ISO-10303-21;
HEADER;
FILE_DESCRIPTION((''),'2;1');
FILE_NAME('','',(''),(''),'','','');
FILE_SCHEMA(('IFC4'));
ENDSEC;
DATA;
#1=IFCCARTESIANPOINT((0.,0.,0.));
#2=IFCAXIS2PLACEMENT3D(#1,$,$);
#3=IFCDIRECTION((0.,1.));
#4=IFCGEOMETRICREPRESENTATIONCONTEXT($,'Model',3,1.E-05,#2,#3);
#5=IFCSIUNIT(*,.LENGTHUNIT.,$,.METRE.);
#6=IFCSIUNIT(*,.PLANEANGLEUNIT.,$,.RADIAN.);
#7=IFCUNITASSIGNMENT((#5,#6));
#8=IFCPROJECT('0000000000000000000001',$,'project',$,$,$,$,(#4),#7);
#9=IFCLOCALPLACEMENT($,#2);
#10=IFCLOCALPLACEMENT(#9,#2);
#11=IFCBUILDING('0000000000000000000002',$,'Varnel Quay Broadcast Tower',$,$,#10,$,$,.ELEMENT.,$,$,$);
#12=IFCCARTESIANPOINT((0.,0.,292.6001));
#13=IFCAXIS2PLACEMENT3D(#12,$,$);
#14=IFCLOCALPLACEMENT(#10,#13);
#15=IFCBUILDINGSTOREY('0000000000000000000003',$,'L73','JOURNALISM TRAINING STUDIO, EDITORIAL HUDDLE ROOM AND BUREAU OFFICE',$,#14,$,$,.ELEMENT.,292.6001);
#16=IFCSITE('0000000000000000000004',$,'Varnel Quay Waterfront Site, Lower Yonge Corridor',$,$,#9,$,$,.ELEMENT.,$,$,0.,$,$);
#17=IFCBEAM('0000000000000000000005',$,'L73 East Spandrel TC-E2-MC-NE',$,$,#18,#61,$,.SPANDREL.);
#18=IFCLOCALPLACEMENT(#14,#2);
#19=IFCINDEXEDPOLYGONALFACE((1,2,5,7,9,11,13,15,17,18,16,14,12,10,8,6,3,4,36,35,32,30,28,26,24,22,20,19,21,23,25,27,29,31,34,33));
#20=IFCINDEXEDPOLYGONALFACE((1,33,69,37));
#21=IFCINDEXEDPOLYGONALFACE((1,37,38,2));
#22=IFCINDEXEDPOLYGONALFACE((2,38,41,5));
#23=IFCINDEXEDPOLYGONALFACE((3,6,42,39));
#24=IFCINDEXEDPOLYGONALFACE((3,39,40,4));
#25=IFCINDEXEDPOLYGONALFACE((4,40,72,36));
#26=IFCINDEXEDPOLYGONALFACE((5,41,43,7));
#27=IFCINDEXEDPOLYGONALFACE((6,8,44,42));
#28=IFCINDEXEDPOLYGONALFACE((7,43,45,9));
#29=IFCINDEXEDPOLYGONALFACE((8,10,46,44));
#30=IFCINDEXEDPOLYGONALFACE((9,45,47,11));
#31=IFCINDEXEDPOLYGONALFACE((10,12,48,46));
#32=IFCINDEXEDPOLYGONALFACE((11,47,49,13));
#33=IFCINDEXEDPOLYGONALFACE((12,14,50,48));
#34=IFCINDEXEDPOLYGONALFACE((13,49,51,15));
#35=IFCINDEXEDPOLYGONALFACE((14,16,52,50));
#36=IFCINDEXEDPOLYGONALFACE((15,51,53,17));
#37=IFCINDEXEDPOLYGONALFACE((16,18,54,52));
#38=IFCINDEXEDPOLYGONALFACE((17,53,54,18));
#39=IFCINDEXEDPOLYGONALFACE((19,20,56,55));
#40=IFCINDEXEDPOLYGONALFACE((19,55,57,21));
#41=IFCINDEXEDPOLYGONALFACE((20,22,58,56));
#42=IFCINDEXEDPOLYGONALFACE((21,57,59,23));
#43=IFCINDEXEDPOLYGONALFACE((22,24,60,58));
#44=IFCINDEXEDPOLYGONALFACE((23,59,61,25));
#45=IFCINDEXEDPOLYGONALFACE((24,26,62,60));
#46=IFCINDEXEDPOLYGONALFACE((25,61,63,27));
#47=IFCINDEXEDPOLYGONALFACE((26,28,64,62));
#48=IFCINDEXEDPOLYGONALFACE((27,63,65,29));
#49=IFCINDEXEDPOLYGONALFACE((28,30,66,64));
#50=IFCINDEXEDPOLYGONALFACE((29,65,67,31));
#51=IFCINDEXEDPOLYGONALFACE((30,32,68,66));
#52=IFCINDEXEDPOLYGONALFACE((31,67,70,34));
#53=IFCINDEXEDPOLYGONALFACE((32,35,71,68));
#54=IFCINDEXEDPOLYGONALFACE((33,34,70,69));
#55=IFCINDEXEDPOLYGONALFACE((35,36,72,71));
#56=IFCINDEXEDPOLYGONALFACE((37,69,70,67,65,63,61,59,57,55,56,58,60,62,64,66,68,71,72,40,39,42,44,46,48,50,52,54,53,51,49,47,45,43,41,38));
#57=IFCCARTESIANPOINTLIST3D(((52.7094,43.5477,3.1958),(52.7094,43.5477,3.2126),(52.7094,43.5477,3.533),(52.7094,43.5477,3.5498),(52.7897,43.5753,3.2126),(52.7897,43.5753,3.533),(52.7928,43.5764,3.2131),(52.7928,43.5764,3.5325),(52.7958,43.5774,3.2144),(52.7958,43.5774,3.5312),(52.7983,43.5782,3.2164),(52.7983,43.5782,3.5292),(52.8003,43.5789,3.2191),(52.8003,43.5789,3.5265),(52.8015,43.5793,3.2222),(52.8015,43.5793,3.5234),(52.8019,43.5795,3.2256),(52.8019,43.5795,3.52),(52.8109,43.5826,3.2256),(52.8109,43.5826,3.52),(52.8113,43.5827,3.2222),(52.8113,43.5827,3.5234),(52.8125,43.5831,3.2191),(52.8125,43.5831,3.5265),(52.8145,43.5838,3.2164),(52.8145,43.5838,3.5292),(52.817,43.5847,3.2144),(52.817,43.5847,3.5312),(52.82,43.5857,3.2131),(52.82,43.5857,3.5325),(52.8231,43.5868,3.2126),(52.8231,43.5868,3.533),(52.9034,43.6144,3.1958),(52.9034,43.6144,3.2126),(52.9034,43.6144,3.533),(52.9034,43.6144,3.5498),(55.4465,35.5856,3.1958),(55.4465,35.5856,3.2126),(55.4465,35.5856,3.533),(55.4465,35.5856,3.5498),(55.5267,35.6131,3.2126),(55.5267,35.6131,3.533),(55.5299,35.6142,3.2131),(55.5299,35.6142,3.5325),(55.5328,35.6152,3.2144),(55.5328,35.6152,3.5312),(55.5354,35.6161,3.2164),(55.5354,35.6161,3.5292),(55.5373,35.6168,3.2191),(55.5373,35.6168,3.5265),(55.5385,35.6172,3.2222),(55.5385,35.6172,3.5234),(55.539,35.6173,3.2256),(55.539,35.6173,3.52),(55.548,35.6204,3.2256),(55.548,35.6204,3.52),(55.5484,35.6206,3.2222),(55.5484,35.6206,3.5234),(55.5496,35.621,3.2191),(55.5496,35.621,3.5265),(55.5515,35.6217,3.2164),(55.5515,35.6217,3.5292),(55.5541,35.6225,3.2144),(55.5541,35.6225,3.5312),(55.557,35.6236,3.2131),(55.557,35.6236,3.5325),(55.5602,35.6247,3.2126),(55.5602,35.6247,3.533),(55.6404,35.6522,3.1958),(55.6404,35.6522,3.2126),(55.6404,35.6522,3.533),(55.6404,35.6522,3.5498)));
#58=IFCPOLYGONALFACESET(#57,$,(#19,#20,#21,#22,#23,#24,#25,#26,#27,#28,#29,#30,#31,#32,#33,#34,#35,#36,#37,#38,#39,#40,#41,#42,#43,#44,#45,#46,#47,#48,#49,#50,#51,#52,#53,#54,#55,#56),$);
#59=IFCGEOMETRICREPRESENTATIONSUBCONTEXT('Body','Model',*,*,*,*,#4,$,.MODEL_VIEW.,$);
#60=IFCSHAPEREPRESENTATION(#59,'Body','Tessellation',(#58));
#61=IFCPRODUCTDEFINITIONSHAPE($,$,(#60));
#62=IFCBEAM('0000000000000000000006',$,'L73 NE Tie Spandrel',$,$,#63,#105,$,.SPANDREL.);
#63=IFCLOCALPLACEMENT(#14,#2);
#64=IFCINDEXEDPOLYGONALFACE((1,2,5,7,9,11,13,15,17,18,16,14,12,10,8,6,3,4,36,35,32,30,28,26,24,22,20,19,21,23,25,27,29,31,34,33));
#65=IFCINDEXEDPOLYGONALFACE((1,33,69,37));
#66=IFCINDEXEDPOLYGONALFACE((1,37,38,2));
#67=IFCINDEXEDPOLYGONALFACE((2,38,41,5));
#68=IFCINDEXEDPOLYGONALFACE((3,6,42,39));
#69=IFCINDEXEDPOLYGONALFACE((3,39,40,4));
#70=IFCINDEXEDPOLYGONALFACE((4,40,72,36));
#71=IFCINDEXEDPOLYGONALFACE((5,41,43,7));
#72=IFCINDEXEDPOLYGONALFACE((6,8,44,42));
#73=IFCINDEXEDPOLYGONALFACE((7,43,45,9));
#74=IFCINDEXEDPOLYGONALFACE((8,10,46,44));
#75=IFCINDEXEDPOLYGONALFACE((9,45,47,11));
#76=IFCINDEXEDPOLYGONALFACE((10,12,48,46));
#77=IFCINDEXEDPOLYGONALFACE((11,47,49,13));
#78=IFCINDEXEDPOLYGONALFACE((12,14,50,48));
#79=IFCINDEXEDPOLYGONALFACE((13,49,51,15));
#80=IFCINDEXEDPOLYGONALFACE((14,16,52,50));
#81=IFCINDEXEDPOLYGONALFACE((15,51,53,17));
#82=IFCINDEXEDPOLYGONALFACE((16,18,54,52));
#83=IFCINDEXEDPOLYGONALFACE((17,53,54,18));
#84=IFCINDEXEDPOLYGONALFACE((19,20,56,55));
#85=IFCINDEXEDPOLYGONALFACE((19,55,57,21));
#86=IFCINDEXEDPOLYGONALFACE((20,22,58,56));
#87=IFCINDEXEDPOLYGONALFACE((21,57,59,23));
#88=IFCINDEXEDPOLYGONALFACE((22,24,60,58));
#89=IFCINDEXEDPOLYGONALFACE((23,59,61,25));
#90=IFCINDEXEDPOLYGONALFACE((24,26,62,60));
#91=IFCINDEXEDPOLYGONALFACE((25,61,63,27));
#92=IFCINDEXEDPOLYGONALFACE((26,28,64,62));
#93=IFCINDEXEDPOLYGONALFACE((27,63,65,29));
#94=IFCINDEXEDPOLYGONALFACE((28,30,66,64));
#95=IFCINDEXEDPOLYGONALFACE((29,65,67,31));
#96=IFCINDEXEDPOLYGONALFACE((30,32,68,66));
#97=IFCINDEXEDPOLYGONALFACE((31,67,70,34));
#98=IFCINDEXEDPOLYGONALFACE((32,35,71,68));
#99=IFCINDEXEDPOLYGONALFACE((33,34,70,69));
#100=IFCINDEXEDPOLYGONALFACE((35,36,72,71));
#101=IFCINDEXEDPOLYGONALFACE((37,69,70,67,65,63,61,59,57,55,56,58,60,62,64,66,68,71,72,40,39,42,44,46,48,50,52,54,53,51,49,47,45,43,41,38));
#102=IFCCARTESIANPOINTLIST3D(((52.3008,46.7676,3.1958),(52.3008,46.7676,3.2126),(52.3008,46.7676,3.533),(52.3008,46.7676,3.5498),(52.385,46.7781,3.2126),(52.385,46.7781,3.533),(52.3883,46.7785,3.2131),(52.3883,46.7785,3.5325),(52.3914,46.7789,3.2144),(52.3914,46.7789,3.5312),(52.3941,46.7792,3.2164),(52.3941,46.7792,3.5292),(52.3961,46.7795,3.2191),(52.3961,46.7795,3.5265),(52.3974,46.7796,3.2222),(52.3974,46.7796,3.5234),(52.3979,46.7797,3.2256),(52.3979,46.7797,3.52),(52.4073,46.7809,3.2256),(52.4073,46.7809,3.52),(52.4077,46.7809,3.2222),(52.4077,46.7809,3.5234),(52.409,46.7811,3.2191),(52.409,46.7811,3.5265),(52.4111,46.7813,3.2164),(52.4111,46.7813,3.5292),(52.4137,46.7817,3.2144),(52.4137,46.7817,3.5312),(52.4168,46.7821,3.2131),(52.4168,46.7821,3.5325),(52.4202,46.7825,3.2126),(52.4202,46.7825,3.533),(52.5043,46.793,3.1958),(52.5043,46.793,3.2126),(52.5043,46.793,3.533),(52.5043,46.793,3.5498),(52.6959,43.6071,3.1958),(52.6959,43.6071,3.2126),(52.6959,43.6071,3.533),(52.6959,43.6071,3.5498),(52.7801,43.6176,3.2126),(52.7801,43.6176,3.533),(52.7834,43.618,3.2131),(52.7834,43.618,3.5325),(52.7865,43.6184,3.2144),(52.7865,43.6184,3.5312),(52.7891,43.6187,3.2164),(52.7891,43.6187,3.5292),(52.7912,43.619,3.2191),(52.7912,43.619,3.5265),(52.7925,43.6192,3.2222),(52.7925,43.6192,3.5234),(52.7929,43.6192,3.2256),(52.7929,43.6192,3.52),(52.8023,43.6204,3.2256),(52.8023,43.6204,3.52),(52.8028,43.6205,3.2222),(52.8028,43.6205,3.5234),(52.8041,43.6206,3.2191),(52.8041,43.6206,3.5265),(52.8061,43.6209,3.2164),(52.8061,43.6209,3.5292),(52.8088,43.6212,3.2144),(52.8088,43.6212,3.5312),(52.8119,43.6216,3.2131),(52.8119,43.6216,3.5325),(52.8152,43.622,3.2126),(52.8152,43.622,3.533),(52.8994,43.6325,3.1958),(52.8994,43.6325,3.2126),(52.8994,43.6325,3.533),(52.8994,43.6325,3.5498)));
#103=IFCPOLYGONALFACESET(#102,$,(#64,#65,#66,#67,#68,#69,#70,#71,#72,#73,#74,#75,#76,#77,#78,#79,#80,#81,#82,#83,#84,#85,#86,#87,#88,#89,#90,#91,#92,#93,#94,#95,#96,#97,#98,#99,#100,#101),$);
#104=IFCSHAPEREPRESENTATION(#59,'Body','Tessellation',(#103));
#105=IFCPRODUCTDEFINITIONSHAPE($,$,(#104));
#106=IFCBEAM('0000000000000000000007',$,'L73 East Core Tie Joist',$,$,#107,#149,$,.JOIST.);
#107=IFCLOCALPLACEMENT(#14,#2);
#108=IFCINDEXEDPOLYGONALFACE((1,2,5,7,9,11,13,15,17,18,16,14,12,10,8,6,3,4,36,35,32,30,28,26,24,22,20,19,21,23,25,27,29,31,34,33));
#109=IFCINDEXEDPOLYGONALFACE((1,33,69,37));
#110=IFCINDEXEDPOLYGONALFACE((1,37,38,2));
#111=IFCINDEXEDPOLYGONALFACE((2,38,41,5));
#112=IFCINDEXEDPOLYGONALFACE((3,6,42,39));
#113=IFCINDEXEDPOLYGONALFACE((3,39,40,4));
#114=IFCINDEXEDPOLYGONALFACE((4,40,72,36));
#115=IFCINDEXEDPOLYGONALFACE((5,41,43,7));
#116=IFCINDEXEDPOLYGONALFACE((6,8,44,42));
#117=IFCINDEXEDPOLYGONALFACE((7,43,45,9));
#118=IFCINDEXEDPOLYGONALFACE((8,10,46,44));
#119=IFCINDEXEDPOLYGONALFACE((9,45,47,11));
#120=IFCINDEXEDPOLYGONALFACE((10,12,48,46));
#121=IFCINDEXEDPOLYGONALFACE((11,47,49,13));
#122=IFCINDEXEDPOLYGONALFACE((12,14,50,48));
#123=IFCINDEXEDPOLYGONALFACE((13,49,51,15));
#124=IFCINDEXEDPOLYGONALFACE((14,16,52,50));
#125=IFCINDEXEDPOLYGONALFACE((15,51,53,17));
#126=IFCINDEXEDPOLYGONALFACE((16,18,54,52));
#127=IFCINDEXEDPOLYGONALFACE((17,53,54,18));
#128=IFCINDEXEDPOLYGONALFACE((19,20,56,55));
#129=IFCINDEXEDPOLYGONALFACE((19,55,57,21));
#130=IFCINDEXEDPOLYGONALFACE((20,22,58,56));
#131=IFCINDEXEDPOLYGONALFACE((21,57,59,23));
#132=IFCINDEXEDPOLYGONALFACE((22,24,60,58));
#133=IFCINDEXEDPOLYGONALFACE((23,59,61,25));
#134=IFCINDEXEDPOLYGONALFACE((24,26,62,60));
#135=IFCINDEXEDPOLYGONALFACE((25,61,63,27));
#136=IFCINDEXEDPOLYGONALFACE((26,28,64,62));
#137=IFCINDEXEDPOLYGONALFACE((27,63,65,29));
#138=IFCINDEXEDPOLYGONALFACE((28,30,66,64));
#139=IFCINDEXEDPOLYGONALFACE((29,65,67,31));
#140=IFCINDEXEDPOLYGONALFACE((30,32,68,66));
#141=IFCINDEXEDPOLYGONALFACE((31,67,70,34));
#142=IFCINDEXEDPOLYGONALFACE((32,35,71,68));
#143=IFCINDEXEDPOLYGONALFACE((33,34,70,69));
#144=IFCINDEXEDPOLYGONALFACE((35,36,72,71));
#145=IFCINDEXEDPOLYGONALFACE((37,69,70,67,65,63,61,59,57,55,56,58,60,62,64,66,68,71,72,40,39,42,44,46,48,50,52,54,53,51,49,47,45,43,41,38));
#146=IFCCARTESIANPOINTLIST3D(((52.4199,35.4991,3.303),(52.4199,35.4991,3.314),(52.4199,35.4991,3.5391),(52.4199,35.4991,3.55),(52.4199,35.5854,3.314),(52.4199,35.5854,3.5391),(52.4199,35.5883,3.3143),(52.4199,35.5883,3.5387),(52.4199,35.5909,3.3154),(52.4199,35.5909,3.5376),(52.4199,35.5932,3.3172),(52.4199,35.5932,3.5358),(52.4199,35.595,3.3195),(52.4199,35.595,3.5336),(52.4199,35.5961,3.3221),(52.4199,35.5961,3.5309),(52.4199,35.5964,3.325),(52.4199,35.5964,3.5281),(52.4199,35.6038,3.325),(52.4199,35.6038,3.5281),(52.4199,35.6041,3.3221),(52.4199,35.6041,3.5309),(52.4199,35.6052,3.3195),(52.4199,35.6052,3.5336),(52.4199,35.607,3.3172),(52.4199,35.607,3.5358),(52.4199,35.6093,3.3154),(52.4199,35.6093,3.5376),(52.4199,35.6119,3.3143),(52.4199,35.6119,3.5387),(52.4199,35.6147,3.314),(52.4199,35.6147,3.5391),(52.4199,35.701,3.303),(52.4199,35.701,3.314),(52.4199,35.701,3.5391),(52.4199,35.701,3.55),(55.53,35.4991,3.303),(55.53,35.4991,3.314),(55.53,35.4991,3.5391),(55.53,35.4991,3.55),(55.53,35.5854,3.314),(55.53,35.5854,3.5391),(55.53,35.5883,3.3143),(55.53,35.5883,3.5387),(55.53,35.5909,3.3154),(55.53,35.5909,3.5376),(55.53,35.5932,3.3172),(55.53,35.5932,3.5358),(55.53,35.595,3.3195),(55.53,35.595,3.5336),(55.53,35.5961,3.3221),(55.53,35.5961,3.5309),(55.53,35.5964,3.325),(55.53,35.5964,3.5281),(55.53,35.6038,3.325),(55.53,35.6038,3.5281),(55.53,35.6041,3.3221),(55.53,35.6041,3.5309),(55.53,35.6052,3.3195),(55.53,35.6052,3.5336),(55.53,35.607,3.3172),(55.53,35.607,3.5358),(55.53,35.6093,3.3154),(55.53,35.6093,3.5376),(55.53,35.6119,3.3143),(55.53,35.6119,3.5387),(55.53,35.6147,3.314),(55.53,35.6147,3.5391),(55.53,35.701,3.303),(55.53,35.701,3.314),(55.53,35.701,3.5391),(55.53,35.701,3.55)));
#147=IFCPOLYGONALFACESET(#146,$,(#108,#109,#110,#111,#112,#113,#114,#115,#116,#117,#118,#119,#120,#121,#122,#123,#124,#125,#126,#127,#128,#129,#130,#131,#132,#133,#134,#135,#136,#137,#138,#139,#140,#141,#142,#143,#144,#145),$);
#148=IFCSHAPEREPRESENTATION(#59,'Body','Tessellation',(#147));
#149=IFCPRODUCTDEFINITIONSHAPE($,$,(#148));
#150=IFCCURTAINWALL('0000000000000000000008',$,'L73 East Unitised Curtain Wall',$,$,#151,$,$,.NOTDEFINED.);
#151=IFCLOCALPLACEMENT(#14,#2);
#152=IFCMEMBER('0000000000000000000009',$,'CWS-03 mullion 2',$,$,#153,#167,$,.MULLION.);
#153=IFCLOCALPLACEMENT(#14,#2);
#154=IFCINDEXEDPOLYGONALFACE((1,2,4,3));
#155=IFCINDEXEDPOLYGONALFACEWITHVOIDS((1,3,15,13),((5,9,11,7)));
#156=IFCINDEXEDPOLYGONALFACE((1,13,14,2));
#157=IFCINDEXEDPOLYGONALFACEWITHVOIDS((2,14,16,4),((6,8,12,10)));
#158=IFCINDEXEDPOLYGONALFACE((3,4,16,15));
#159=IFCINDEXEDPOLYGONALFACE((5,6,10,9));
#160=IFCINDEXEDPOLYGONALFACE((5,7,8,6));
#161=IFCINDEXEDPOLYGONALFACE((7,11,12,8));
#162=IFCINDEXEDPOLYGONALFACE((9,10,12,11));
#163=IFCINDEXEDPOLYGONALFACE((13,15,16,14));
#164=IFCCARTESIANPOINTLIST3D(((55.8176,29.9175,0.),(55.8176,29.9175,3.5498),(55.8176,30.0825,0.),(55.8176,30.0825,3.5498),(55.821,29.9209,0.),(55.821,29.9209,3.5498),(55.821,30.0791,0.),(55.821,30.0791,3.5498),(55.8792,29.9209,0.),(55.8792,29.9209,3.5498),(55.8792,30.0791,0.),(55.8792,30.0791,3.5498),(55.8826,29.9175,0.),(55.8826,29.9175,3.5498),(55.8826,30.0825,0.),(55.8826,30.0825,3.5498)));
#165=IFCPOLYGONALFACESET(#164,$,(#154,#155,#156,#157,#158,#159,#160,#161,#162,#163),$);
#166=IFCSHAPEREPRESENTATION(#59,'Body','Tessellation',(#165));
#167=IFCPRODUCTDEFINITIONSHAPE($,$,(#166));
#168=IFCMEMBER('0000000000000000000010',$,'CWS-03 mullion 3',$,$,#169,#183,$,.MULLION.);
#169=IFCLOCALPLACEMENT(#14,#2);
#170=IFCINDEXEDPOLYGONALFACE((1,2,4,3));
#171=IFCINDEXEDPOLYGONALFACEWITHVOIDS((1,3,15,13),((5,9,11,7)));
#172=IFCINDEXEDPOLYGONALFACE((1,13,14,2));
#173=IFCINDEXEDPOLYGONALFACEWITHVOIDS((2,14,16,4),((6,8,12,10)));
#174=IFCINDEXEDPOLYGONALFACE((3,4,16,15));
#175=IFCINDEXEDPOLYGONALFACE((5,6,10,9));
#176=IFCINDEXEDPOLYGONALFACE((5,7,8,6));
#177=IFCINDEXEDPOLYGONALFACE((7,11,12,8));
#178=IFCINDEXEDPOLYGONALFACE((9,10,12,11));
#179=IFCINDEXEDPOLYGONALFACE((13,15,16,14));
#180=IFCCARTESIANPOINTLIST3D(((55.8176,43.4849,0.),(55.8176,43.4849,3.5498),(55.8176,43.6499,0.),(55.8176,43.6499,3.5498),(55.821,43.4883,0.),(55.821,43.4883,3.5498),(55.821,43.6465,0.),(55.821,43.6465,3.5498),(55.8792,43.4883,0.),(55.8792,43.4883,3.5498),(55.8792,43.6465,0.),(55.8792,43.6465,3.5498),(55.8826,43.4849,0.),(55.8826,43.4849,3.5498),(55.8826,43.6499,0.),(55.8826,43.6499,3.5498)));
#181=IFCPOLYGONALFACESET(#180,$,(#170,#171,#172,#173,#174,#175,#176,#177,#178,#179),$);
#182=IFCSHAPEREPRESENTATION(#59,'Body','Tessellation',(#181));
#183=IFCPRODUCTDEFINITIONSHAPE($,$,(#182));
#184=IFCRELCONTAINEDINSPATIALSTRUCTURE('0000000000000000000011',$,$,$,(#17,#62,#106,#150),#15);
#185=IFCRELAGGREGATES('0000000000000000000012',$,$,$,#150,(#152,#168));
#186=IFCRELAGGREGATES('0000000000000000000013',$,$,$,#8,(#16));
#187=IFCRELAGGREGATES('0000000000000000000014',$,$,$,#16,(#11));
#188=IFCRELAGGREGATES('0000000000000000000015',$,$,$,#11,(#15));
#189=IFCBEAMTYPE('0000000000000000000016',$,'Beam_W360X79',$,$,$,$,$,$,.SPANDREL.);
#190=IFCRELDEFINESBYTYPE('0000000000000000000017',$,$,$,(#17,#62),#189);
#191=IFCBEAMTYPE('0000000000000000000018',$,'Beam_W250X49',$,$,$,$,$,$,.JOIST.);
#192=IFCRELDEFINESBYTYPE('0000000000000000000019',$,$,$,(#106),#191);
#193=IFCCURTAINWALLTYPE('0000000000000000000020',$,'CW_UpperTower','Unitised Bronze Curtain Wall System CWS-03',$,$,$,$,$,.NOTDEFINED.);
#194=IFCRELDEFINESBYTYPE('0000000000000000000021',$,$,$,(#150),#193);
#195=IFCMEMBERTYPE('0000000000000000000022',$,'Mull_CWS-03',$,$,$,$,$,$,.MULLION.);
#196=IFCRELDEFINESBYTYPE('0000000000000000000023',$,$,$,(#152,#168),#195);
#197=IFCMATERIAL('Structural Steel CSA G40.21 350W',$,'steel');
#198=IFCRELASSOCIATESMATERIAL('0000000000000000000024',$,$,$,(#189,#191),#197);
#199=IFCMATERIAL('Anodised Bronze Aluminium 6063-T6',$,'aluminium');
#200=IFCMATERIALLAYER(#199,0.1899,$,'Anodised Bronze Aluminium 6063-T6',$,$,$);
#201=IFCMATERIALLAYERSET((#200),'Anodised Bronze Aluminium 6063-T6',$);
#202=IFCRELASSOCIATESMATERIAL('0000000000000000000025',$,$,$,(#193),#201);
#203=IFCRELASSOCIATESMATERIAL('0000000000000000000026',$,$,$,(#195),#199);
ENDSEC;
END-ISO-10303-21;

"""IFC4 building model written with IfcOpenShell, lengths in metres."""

from ifc_helpers import new_model, si_unit, direction, frame, origin, origin_2d, place, context, subcontext, project, spatial, hollow_rectangle, i_section, extrude, source, transform, mapped, material, layer, layer_set, material_profile, profile_set, type_object, type_shapes, element, aggregate, save


model = new_model("IFC4")

# Units and contexts
model_context = context("Model", 3, precision=1e-05, world=origin(), true_north=direction((0.0, 1.0)))
body_context = subcontext(model_context, "Body", "Model", "MODEL_VIEW")
ifc_project = project(units=[si_unit("LENGTHUNIT", "METRE"), si_unit("PLANEANGLEUNIT", "RADIAN")], contexts=[model_context])

# Site, building, storey
site_placement = place(None, origin())
site = spatial("IfcSite", under=ifc_project, at=site_placement, Name="Varnel Quay Waterfront Site, Lower Yonge Corridor", CompositionType="ELEMENT", RefElevation=0.0)
building_placement = place(site_placement, origin())
building = spatial("IfcBuilding", under=site, at=building_placement, Name="Varnel Quay Broadcast Tower", CompositionType="ELEMENT")
storey_placement = place(building_placement, frame((0.0, 0.0, 292.6001)))
storey = spatial("IfcBuildingStorey", under=building, at=storey_placement, Name="L73", Description="JOURNALISM TRAINING STUDIO, EDITORIAL HUDDLE ROOM AND BUREAU OFFICE", CompositionType="ELEMENT", Elevation=292.6001)

# Shared definitions
ifc_material_1 = material(Name="Structural Steel CSA G40.21 350W", Category="steel")

# Beams
ifc_material_profile_1 = material_profile(ifc_material_1, i_section(OverallWidth=0.2051, OverallDepth=0.354, WebThickness=0.0095, FlangeThickness=0.0168, FilletRadius=0.0129, at=origin_2d()), Name="W360X79")
ifc_profile_set_1 = profile_set([ifc_material_profile_1], Name="Structural Steel CSA G40.21 350W")
beam_type_1 = type_object("IfcBeamType", Name="Beam_W360X79", PredefinedType="SPANDREL", material=ifc_profile_set_1)
shared_shape_1 = source(origin(), body_context, "Body", "SweptSolid", [
    extrude(i_section(OverallWidth=0.2051, OverallDepth=0.354, WebThickness=0.0095, FlangeThickness=0.0168, FilletRadius=0.0129, at=origin_2d()), origin(), (0.0, 0.0, 1.0), 8.4194),
])
beam_1_placement = place(storey_placement, frame((55.5435, 35.6189, 3.3728), z_axis=(-0.325087, 0.945684, 0.0), x_axis=(-0.945684, -0.325087, 0.0)))
element("IfcBeam", 1, at=beam_1_placement, inside=storey, type_object=beam_type_1, Name="L73 East Spandrel TC-E2-MC-NE", PredefinedType="SPANDREL", context=body_context, shape_type="MappedRepresentation", body=[
    mapped(shared_shape_1, transform((0.0, 0.0, 0.0), x_axis=(1.0, 0.0, 0.0), y_axis=(0.0, 1.0, 0.0), z_axis=(0.0, 0.0, 1.0), scale=1.0)),
])
shared_shape_2 = source(origin(), body_context, "Body", "SweptSolid", [
    extrude(i_section(OverallWidth=0.2051, OverallDepth=0.354, WebThickness=0.0095, FlangeThickness=0.0168, FilletRadius=0.0129, at=origin_2d()), origin(), (0.0, 0.0, 1.0), 3.1851),
])
type_shapes(beam_type_1, [shared_shape_1, shared_shape_2])
beam_2_placement = place(storey_placement, frame((52.4026, 46.7803, 3.3728), z_axis=(0.124025, -0.992279, 0.0), x_axis=(0.992279, 0.124025, 0.0)))
element("IfcBeam", 2, at=beam_2_placement, inside=storey, type_object=beam_type_1, Name="L73 NE Tie Spandrel", PredefinedType="SPANDREL", context=body_context, shape_type="MappedRepresentation", body=[
    mapped(shared_shape_2, transform((0.0, 0.0, 0.0), x_axis=(1.0, 0.0, 0.0), y_axis=(0.0, 1.0, 0.0), z_axis=(0.0, 0.0, 1.0), scale=1.0)),
])
ifc_material_profile_2 = material_profile(ifc_material_1, i_section(OverallWidth=0.2019, OverallDepth=0.2471, WebThickness=0.0073, FlangeThickness=0.011, FilletRadius=0.011, at=origin_2d()), Name="W250X49")
ifc_profile_set_2 = profile_set([ifc_material_profile_2], Name="Structural Steel CSA G40.21 350W")
beam_type_2 = type_object("IfcBeamType", Name="Beam_W250X49", PredefinedType="JOIST", material=ifc_profile_set_2)
shared_shape_3 = source(origin(), body_context, "Body", "SweptSolid", [
    extrude(i_section(OverallWidth=0.2019, OverallDepth=0.2471, WebThickness=0.0073, FlangeThickness=0.011, FilletRadius=0.011, at=origin_2d()), origin(), (0.0, 0.0, 1.0), 3.1101),
])
type_shapes(beam_type_2, [shared_shape_3])
beam_3_placement = place(storey_placement, frame((52.4199, 35.6001, 3.4265), z_axis=(1.0, 0.0, 0.0), x_axis=(0.0, 1.0, 0.0)))
element("IfcBeam", 3, at=beam_3_placement, inside=storey, type_object=beam_type_2, Name="L73 East Core Tie Joist", PredefinedType="JOIST", context=body_context, shape_type="MappedRepresentation", body=[
    mapped(shared_shape_3, transform((0.0, 0.0, 0.0), x_axis=(1.0, 0.0, 0.0), y_axis=(0.0, 1.0, 0.0), z_axis=(0.0, 0.0, 1.0), scale=1.0)),
])

# Curtain wall, members
ifc_material_2 = material(Name="Anodised Bronze Aluminium 6063-T6", Category="aluminium")
ifc_layer_1 = layer(ifc_material_2, 0.1899, Name="Anodised Bronze Aluminium 6063-T6")
ifc_layer_set_1 = layer_set([ifc_layer_1], Name="Anodised Bronze Aluminium 6063-T6")
curtain_wall_type = type_object("IfcCurtainWallType", Name="CW_UpperTower", Description="Unitised Bronze Curtain Wall System CWS-03", PredefinedType="NOTDEFINED", material=ifc_layer_set_1)
curtain_wall_placement = place(storey_placement, origin())
curtain_wall = element("IfcCurtainWall", 4, at=curtain_wall_placement, inside=storey, type_object=curtain_wall_type, Name="L73 East Unitised Curtain Wall", PredefinedType="NOTDEFINED")
ifc_material_profile_3 = material_profile(ifc_material_2, hollow_rectangle(XDim=0.0649, YDim=0.165, WallThickness=0.0034, at=origin_2d()), Name="ALU65X165X3.5")
ifc_profile_set_3 = profile_set([ifc_material_profile_3], Name="Anodised Bronze Aluminium 6063-T6")
member_type_1 = type_object("IfcMemberType", Name="Mull_CWS-03", PredefinedType="MULLION", material=ifc_profile_set_3)
shared_shape_4 = source(origin(), body_context, "Body", "SweptSolid", [
    extrude(hollow_rectangle(XDim=0.0649, YDim=0.165, WallThickness=0.0034, at=origin_2d()), origin(), (0.0, 0.0, 1.0), 3.5498),
])
type_shapes(member_type_1, [shared_shape_4])
member_1_placement = place(storey_placement, frame((55.8501, 30.0, 0.0), z_axis=(0.0, 0.0, 1.0), x_axis=(-1.0, 0.0, 0.0)))
member_1 = element("IfcMember", 5, at=member_1_placement, type_object=member_type_1, Name="CWS-03 mullion 2", PredefinedType="MULLION", context=body_context, shape_type="MappedRepresentation", body=[
    mapped(shared_shape_4, transform((0.0, 0.0, 0.0), x_axis=(1.0, 0.0, 0.0), y_axis=(0.0, 1.0, 0.0), z_axis=(0.0, 0.0, 1.0), scale=1.0)),
])
member_2_placement = place(storey_placement, frame((55.8501, 43.5674, 0.0), z_axis=(0.0, 0.0, 1.0), x_axis=(-1.0, 0.0, 0.0)))
member_2 = element("IfcMember", 6, at=member_2_placement, type_object=member_type_1, Name="CWS-03 mullion 3", PredefinedType="MULLION", context=body_context, shape_type="MappedRepresentation", body=[
    mapped(shared_shape_4, transform((0.0, 0.0, 0.0), x_axis=(1.0, 0.0, 0.0), y_axis=(0.0, 1.0, 0.0), z_axis=(0.0, 0.0, 1.0), scale=1.0)),
])

aggregate(curtain_wall, [member_1, member_2])

save(model, "model.ifc")
